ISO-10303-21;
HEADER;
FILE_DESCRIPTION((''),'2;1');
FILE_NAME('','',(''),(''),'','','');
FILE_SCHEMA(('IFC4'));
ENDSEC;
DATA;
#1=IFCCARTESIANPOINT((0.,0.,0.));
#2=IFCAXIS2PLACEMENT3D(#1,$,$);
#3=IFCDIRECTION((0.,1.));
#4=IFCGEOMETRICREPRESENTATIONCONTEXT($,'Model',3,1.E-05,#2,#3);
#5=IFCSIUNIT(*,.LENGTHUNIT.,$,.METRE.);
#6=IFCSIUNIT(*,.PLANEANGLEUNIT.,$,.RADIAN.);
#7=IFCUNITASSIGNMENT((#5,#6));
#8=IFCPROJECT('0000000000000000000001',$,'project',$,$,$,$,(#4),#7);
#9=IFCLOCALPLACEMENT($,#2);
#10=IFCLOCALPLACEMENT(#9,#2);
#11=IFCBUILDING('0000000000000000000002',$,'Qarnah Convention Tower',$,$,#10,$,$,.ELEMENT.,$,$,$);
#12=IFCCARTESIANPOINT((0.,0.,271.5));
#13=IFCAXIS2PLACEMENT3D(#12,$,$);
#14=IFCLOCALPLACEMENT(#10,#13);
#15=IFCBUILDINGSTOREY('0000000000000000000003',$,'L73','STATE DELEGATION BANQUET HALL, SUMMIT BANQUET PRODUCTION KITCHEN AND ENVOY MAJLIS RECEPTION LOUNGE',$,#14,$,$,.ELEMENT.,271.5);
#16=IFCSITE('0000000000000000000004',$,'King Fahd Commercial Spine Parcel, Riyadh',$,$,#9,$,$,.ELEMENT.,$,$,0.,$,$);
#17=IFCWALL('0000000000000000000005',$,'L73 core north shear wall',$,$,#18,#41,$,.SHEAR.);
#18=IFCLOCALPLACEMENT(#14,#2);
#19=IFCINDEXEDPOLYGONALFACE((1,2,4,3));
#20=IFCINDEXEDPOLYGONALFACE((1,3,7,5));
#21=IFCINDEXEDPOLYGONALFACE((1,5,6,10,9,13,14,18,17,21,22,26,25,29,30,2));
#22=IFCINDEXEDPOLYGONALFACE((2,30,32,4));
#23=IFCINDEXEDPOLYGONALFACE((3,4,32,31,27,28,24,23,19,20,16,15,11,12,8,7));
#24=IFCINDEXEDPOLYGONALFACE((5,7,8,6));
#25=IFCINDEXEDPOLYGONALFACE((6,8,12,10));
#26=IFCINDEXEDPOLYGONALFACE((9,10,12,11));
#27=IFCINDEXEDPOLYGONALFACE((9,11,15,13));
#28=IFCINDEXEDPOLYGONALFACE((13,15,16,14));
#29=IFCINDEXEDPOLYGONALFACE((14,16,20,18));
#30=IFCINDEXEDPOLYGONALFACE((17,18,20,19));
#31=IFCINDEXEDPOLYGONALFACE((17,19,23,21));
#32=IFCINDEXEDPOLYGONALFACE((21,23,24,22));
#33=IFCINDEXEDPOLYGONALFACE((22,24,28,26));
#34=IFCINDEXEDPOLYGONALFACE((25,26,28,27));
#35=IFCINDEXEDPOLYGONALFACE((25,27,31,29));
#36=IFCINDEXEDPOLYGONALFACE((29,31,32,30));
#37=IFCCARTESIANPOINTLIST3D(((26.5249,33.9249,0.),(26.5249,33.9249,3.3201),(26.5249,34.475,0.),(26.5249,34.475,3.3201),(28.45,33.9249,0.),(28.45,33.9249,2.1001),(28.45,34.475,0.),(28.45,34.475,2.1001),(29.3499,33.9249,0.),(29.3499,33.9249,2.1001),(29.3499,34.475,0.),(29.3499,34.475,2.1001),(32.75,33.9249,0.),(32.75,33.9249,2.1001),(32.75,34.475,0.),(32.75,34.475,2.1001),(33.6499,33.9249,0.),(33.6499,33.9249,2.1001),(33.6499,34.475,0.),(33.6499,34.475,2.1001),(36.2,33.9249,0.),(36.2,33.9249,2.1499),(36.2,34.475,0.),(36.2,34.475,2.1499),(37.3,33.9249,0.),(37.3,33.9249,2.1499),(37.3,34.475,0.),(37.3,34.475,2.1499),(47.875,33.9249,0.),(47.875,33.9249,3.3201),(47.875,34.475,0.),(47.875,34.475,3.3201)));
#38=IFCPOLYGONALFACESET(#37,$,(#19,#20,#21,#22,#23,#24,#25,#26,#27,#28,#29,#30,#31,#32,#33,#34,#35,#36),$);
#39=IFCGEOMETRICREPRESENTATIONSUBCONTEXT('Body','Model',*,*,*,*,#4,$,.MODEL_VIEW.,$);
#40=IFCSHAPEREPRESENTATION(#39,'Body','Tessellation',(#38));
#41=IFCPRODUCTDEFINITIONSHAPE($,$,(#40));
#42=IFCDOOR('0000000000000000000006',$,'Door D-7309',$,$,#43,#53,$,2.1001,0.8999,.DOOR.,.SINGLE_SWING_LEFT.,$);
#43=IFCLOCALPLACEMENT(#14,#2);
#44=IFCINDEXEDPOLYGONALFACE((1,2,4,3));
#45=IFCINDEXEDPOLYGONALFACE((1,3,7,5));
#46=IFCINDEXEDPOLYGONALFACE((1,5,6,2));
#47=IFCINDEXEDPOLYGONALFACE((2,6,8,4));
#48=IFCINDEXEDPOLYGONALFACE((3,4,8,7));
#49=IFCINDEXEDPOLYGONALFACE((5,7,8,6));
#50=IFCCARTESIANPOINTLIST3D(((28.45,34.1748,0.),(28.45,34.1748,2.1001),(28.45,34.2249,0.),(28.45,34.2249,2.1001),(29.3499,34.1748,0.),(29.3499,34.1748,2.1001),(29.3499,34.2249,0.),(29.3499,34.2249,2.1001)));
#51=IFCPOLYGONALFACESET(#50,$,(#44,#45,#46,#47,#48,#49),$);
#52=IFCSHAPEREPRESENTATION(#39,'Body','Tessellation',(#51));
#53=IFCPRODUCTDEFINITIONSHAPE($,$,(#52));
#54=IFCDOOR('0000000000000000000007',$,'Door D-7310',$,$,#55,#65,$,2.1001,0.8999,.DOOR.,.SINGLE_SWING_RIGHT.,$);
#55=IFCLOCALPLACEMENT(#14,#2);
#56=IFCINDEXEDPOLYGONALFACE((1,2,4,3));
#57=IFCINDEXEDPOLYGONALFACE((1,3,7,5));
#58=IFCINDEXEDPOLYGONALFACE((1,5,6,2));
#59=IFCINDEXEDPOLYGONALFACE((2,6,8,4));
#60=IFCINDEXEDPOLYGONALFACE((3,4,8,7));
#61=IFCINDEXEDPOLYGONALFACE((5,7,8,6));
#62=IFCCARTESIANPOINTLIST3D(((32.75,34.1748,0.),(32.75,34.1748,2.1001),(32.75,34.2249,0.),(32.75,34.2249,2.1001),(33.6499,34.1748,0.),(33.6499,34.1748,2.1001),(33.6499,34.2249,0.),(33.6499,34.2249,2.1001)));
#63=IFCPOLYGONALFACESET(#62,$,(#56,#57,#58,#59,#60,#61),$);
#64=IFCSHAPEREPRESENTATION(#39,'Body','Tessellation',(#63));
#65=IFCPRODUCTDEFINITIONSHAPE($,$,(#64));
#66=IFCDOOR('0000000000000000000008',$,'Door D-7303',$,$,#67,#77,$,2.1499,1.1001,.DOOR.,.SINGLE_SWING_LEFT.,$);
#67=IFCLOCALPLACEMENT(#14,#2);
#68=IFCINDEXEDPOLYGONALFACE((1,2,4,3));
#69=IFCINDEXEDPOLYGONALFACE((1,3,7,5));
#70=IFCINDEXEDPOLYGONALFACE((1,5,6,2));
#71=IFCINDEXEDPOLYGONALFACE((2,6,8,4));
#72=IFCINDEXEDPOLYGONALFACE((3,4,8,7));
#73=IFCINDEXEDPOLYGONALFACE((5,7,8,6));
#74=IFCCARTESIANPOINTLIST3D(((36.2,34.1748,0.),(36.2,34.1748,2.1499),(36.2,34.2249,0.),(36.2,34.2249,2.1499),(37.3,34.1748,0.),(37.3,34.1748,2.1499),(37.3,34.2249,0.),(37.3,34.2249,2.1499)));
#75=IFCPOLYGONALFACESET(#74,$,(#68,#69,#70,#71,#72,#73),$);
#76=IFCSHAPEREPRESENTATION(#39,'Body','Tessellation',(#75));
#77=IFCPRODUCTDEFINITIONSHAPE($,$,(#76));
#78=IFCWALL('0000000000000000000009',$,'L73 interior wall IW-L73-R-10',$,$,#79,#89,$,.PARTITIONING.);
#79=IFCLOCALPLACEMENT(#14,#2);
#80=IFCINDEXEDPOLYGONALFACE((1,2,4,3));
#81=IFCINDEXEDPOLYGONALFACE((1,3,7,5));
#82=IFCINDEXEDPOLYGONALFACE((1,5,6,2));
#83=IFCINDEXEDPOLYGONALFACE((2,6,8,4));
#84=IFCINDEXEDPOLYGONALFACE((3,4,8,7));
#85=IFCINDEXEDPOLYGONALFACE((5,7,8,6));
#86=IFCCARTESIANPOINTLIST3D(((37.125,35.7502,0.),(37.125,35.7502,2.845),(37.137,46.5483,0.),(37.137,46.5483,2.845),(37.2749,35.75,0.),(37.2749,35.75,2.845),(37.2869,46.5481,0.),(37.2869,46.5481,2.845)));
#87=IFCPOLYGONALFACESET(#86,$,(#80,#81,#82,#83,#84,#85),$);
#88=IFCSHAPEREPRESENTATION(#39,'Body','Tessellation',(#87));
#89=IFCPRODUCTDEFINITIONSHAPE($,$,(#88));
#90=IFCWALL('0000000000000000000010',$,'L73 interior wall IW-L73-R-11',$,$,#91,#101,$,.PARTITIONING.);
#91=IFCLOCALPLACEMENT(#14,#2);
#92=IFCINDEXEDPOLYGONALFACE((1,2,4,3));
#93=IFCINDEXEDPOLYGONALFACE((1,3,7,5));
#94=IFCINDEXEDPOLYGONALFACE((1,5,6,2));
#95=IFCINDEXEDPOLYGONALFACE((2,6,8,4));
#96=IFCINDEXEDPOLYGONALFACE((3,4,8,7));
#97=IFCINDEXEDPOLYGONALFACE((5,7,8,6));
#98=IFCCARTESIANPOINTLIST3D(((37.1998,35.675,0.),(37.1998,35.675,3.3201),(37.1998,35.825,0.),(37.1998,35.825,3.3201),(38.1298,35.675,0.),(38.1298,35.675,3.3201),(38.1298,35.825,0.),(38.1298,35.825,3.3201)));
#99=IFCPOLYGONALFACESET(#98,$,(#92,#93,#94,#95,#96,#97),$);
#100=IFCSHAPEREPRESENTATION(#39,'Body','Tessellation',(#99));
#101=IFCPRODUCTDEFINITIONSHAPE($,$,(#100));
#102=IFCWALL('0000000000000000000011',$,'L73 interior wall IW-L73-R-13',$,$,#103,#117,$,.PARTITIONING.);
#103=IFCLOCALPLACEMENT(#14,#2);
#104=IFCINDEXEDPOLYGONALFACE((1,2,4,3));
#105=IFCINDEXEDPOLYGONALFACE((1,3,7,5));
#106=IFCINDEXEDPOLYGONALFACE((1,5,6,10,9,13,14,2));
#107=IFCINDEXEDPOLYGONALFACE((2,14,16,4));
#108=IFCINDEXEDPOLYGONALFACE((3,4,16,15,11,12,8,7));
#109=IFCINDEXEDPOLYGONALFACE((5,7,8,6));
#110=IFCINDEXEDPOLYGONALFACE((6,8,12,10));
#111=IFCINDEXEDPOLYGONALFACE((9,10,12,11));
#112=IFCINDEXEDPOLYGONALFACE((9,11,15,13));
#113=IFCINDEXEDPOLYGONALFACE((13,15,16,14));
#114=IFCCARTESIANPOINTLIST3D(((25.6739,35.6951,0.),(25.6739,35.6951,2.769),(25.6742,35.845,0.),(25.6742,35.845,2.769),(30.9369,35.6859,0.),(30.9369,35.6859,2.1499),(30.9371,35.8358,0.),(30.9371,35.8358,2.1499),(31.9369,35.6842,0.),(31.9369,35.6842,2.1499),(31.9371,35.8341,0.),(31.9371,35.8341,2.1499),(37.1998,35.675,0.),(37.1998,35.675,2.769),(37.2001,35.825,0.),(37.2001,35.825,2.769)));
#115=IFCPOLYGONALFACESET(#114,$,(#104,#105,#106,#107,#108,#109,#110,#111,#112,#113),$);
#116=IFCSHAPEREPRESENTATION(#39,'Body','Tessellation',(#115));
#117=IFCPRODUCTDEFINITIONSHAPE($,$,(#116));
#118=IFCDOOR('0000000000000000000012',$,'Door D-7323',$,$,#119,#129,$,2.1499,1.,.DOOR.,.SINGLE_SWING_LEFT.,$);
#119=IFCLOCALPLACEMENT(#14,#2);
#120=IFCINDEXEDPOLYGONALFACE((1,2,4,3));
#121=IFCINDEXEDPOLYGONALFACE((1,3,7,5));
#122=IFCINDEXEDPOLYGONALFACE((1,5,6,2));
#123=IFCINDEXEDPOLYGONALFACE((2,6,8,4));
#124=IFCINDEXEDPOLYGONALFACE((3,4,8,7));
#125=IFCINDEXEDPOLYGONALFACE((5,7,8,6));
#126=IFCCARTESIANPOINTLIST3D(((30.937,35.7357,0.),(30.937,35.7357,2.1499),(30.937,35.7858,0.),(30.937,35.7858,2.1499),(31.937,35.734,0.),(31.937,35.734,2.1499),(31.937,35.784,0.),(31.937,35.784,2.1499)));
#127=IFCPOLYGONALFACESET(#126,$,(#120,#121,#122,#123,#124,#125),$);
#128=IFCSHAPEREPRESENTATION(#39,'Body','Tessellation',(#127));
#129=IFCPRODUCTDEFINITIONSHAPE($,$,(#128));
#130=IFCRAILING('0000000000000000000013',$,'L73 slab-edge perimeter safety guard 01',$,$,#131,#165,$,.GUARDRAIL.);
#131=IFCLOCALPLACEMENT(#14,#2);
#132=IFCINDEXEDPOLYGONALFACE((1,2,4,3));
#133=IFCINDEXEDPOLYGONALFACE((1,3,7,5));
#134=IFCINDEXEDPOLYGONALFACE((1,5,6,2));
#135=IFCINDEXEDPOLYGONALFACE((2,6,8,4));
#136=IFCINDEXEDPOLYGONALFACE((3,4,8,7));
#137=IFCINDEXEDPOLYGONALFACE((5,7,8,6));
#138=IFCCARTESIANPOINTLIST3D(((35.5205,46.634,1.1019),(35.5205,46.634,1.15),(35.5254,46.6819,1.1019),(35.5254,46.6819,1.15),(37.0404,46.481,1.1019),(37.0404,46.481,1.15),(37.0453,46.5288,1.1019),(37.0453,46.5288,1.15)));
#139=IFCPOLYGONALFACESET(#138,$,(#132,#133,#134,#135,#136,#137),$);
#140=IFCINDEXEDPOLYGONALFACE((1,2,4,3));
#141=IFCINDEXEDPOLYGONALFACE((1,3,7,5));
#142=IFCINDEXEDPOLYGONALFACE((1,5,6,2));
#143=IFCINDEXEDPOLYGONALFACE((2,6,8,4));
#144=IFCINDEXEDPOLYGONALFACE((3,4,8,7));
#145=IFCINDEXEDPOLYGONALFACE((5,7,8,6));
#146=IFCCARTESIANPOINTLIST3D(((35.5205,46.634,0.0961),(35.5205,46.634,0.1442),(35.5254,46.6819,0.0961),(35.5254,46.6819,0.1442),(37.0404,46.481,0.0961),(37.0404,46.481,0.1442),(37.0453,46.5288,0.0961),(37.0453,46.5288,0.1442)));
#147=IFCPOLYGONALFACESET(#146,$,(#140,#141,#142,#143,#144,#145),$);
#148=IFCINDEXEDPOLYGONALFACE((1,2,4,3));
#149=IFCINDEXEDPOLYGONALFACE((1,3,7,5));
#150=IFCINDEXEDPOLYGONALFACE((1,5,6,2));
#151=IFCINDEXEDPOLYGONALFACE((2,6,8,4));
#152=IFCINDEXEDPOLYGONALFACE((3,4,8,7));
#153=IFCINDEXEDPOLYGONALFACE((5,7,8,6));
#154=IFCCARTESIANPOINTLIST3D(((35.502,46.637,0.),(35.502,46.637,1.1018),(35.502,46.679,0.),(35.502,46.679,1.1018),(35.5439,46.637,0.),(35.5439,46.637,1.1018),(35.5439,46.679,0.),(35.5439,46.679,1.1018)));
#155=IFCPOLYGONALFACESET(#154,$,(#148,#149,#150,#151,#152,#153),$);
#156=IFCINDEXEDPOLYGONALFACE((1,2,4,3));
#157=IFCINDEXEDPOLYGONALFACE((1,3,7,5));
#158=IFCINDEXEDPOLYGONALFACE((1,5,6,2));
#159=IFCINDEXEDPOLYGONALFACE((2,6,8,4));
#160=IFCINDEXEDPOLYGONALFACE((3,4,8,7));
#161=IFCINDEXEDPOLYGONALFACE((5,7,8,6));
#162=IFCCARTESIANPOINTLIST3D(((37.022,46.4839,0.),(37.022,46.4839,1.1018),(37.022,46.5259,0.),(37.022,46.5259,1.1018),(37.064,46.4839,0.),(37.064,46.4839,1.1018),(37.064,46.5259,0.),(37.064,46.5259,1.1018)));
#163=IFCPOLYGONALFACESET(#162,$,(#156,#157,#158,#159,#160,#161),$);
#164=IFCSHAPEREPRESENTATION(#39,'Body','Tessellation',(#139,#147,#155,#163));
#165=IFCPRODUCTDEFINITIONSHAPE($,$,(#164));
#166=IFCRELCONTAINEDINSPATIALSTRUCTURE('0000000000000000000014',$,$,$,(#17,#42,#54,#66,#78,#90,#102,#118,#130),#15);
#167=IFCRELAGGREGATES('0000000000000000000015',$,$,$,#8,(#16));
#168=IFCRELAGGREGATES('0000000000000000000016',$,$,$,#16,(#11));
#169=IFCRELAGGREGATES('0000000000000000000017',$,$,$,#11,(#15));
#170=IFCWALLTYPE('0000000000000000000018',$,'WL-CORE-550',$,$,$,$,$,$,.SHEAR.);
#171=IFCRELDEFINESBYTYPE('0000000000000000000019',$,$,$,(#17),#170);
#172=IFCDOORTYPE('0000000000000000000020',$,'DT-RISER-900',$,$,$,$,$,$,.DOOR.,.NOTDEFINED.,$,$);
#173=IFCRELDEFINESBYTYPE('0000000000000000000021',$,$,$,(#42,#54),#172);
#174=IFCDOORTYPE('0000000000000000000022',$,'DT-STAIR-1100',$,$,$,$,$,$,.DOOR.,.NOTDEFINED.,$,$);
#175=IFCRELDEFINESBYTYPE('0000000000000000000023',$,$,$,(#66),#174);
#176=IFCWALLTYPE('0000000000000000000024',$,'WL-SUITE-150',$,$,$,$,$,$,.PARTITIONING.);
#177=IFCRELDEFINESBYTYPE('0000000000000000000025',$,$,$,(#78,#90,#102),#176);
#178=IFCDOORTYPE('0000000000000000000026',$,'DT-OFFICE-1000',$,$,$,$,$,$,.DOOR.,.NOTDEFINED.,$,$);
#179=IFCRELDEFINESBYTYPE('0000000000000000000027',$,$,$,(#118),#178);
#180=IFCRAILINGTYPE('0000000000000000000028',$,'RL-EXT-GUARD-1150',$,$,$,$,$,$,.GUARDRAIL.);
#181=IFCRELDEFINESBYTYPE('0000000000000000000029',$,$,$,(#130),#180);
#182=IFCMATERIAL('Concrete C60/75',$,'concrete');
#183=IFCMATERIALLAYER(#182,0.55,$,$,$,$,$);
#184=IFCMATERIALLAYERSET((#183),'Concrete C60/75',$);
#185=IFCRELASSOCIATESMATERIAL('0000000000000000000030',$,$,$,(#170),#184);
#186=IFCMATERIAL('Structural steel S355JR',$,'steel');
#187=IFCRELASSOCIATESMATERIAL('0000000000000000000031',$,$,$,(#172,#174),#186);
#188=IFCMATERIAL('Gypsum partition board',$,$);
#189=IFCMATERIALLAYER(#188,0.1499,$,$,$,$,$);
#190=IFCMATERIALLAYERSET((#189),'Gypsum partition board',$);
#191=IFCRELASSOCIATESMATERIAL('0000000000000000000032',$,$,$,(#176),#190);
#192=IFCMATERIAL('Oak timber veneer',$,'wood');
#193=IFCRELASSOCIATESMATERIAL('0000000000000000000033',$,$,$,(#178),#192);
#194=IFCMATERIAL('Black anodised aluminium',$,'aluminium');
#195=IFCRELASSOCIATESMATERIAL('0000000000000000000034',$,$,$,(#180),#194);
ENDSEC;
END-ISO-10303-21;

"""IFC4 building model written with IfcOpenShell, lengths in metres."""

from ifc_helpers import new_model, si_unit, direction, frame, frame_2d, origin, origin_2d, place, context, subcontext, project, spatial, rectangle, extrude, material, layer, layer_set, type_object, element, fill, save


model = new_model("IFC4")

# Units and contexts
model_context = context("Model", 3, precision=1e-05, world=origin(), true_north=direction((0.0, 1.0)))
body_context = subcontext(model_context, "Body", "Model", "MODEL_VIEW")
ifc_project = project(units=[si_unit("LENGTHUNIT", "METRE"), si_unit("PLANEANGLEUNIT", "RADIAN")], contexts=[model_context])

# Site, building, storey
site_placement = place(None, origin())
site = spatial("IfcSite", under=ifc_project, at=site_placement, Name="King Fahd Commercial Spine Parcel, Riyadh", CompositionType="ELEMENT", RefElevation=0.0)
building_placement = place(site_placement, origin())
building = spatial("IfcBuilding", under=site, at=building_placement, Name="Qarnah Convention Tower", CompositionType="ELEMENT")
storey_placement = place(building_placement, frame((0.0, 0.0, 271.5)))
storey = spatial("IfcBuildingStorey", under=building, at=storey_placement, Name="L73", Description="STATE DELEGATION BANQUET HALL, SUMMIT BANQUET PRODUCTION KITCHEN AND ENVOY MAJLIS RECEPTION LOUNGE", CompositionType="ELEMENT", Elevation=271.5)

# Shared definitions
ifc_material_1 = material(Name="Structural steel S355JR", Category="steel")

# Shared definitions
ifc_material_2 = material(Name="Black anodised aluminium", Category="aluminium")

# Wall, openings, doors
ifc_material_3 = material(Name="Concrete C60/75", Category="concrete")
ifc_layer_1 = layer(ifc_material_3, 0.55)
ifc_layer_set_1 = layer_set([ifc_layer_1], Name="Concrete C60/75")
wall_type_1 = type_object("IfcWallType", Name="WL-CORE-550", PredefinedType="SHEAR", material=ifc_layer_set_1)
wall_1_placement = place(storey_placement, frame((26.5249, 34.2, 0.0), z_axis=(0.0, 0.0, 1.0), x_axis=(1.0, 0.0, 0.0)))
wall_1 = element("IfcWall", 1, at=wall_1_placement, inside=storey, type_object=wall_type_1, Name="L73 core north shear wall", PredefinedType="SHEAR", context=body_context, shape_type="SweptSolid", body=[
    extrude(rectangle(XDim=21.3501, YDim=0.55, at=frame_2d((10.675, 0.0))), origin(), (0.0, 0.0, 1.0), 3.3201),
])
opening_1_placement = place(wall_1_placement, frame((9.675, 0.0, 0.0)))
opening_1 = element("IfcOpeningElement", 2, at=opening_1_placement, cuts=wall_1, PredefinedType="OPENING", context=body_context, shape_type="SweptSolid", body=[
    extrude(rectangle(XDim=1.1001, YDim=2.1499, at=frame_2d((0.55, 1.075))), frame((0.0, 0.2849, 0.0), z_axis=(0.0, -1.0, 0.0), x_axis=(1.0, 0.0, 0.0)), (0.0, 0.0, 1.0), 0.5701),
])
opening_2_placement = place(wall_1_placement, frame((1.925, 0.0, 0.0)))
opening_2 = element("IfcOpeningElement", 3, at=opening_2_placement, cuts=wall_1, PredefinedType="OPENING", context=body_context, shape_type="SweptSolid", body=[
    extrude(rectangle(XDim=0.8999, YDim=2.1001, at=frame_2d((0.45, 1.05))), frame((0.0, 0.2849, 0.0), z_axis=(0.0, -1.0, 0.0), x_axis=(1.0, 0.0, 0.0)), (0.0, 0.0, 1.0), 0.5701),
])
opening_3_placement = place(wall_1_placement, frame((6.2251, 0.0, 0.0)))
opening_3 = element("IfcOpeningElement", 4, at=opening_3_placement, cuts=wall_1, PredefinedType="OPENING", context=body_context, shape_type="SweptSolid", body=[
    extrude(rectangle(XDim=0.8999, YDim=2.1001, at=frame_2d((0.45, 1.05))), frame((0.0, 0.2849, 0.0), z_axis=(0.0, -1.0, 0.0), x_axis=(1.0, 0.0, 0.0)), (0.0, 0.0, 1.0), 0.5701),
])
door_type_1 = type_object("IfcDoorType", Name="DT-RISER-900", OperationType="NOTDEFINED", PredefinedType="DOOR", material=ifc_material_1)
door_1_placement = place(opening_2_placement, origin())
door_1 = element("IfcDoor", 5, at=door_1_placement, inside=storey, type_object=door_type_1, Name="Door D-7309", OperationType="SINGLE_SWING_LEFT", OverallHeight=2.1001, OverallWidth=0.8999, PredefinedType="DOOR", context=body_context, shape_type="SweptSolid", body=[
    extrude(rectangle(XDim=0.8999, YDim=2.1001, at=frame_2d((0.45, 1.05))), frame((0.0, 0.0249, 0.0), z_axis=(0.0, -1.0, 0.0), x_axis=(1.0, 0.0, 0.0)), (0.0, 0.0, 1.0), 0.05),
])
fill(opening_2, door_1)
door_2_placement = place(opening_3_placement, origin())
door_2 = element("IfcDoor", 6, at=door_2_placement, inside=storey, type_object=door_type_1, Name="Door D-7310", OperationType="SINGLE_SWING_RIGHT", OverallHeight=2.1001, OverallWidth=0.8999, PredefinedType="DOOR", context=body_context, shape_type="SweptSolid", body=[
    extrude(rectangle(XDim=0.8999, YDim=2.1001, at=frame_2d((0.45, 1.05))), frame((0.0, 0.0249, 0.0), z_axis=(0.0, -1.0, 0.0), x_axis=(1.0, 0.0, 0.0)), (0.0, 0.0, 1.0), 0.05),
])
fill(opening_3, door_2)
door_type_2 = type_object("IfcDoorType", Name="DT-STAIR-1100", OperationType="NOTDEFINED", PredefinedType="DOOR", material=ifc_material_1)
door_3_placement = place(opening_1_placement, origin())
door_3 = element("IfcDoor", 7, at=door_3_placement, inside=storey, type_object=door_type_2, Name="Door D-7303", OperationType="SINGLE_SWING_LEFT", OverallHeight=2.1499, OverallWidth=1.1001, PredefinedType="DOOR", context=body_context, shape_type="SweptSolid", body=[
    extrude(rectangle(XDim=1.1001, YDim=2.1499, at=frame_2d((0.55, 1.075))), frame((0.0, 0.0249, 0.0), z_axis=(0.0, -1.0, 0.0), x_axis=(1.0, 0.0, 0.0)), (0.0, 0.0, 1.0), 0.05),
])
fill(opening_1, door_3)

# Walls
ifc_material_4 = material(Name="Gypsum partition board")
ifc_layer_2 = layer(ifc_material_4, 0.1499)
ifc_layer_set_2 = layer_set([ifc_layer_2], Name="Gypsum partition board")
wall_type_2 = type_object("IfcWallType", Name="WL-SUITE-150", PredefinedType="PARTITIONING", material=ifc_layer_set_2)
wall_2_placement = place(storey_placement, frame((37.2119, 46.5481, 0.0), z_axis=(0.0, 0.0, 1.0), x_axis=(-0.001108, -0.999999, 0.0)))
element("IfcWall", 8, at=wall_2_placement, inside=storey, type_object=wall_type_2, Name="L73 interior wall IW-L73-R-10", PredefinedType="PARTITIONING", context=body_context, shape_type="SweptSolid", body=[
    extrude(rectangle(XDim=10.7981, YDim=0.1499, at=frame_2d((5.3989, 0.0))), origin(), (0.0, 0.0, 1.0), 2.845),
])
wall_3_placement = place(storey_placement, frame((37.2, 35.75, 0.0), z_axis=(0.0, 0.0, 1.0), x_axis=(1.0, 0.0, 0.0)))
element("IfcWall", 9, at=wall_3_placement, inside=storey, type_object=wall_type_2, Name="L73 interior wall IW-L73-R-11", PredefinedType="PARTITIONING", context=body_context, shape_type="SweptSolid", body=[
    extrude(rectangle(XDim=0.9299, YDim=0.1499, at=frame_2d((0.4648, 0.0))), origin(), (0.0, 0.0, 1.0), 3.3201),
])

# Wall, opening, door
wall_4_placement = place(storey_placement, frame((25.6741, 35.77, 0.0), z_axis=(0.0, 0.0, 1.0), x_axis=(0.999998, -0.001737, 0.0)))
wall_4 = element("IfcWall", 10, at=wall_4_placement, inside=storey, type_object=wall_type_2, Name="L73 interior wall IW-L73-R-13", PredefinedType="PARTITIONING", context=body_context, shape_type="SweptSolid", body=[
    extrude(rectangle(XDim=11.5259, YDim=0.1499, at=frame_2d((5.7629, 0.0))), origin(), (0.0, 0.0, 1.0), 2.769),
])
opening_4_placement = place(wall_4_placement, frame((5.2629, 0.0, 0.0)))
opening_4 = element("IfcOpeningElement", 11, at=opening_4_placement, cuts=wall_4, PredefinedType="OPENING", context=body_context, shape_type="SweptSolid", body=[
    extrude(rectangle(XDim=1.0, YDim=2.1499, at=frame_2d((0.5, 1.075))), frame((0.0, 0.085, 0.0), z_axis=(0.0, -1.0, 0.0), x_axis=(1.0, 0.0, 0.0)), (0.0, 0.0, 1.0), 0.1699),
])
ifc_material_5 = material(Name="Oak timber veneer", Category="wood")
door_type_3 = type_object("IfcDoorType", Name="DT-OFFICE-1000", OperationType="NOTDEFINED", PredefinedType="DOOR", material=ifc_material_5)
door_4_placement = place(opening_4_placement, origin())
door_4 = element("IfcDoor", 12, at=door_4_placement, inside=storey, type_object=door_type_3, Name="Door D-7323", OperationType="SINGLE_SWING_LEFT", OverallHeight=2.1499, OverallWidth=1.0, PredefinedType="DOOR", context=body_context, shape_type="SweptSolid", body=[
    extrude(rectangle(XDim=1.0, YDim=2.1499, at=frame_2d((0.5, 1.075))), frame((0.0, 0.0249, 0.0), z_axis=(0.0, -1.0, 0.0), x_axis=(1.0, 0.0, 0.0)), (0.0, 0.0, 1.0), 0.05),
])
fill(opening_4, door_4)

# Railing
railing_type = type_object("IfcRailingType", Name="RL-EXT-GUARD-1150", PredefinedType="GUARDRAIL", material=ifc_material_2)
railing_1_placement = place(storey_placement, frame((35.5229, 46.658, 0.0)))
element("IfcRailing", 13, at=railing_1_placement, inside=storey, type_object=railing_type, Name="L73 slab-edge perimeter safety guard 01", PredefinedType="GUARDRAIL", context=body_context, shape_type="SweptSolid", body=[
    extrude(rectangle(XDim=0.0481, YDim=0.0481, at=origin_2d()), frame((0.0, 0.0, 1.126), z_axis=(0.994967, -0.1002, 0.0), x_axis=(0.1002, 0.994967, 0.0)), (0.0, 0.0, 1.0), 1.5276),
    extrude(rectangle(XDim=0.0481, YDim=0.0481, at=origin_2d()), frame((0.0, 0.0, 0.1201), z_axis=(0.994967, -0.1002, 0.0), x_axis=(0.1002, 0.994967, 0.0)), (0.0, 0.0, 1.0), 1.5276),
    extrude(rectangle(XDim=0.042, YDim=0.042, at=origin_2d()), origin(), (0.0, 0.0, 1.0), 1.1018),
    extrude(rectangle(XDim=0.042, YDim=0.042, at=origin_2d()), frame((1.52, -0.1531, 0.0)), (0.0, 0.0, 1.0), 1.1018),
])

save(model, "model.ifc")
